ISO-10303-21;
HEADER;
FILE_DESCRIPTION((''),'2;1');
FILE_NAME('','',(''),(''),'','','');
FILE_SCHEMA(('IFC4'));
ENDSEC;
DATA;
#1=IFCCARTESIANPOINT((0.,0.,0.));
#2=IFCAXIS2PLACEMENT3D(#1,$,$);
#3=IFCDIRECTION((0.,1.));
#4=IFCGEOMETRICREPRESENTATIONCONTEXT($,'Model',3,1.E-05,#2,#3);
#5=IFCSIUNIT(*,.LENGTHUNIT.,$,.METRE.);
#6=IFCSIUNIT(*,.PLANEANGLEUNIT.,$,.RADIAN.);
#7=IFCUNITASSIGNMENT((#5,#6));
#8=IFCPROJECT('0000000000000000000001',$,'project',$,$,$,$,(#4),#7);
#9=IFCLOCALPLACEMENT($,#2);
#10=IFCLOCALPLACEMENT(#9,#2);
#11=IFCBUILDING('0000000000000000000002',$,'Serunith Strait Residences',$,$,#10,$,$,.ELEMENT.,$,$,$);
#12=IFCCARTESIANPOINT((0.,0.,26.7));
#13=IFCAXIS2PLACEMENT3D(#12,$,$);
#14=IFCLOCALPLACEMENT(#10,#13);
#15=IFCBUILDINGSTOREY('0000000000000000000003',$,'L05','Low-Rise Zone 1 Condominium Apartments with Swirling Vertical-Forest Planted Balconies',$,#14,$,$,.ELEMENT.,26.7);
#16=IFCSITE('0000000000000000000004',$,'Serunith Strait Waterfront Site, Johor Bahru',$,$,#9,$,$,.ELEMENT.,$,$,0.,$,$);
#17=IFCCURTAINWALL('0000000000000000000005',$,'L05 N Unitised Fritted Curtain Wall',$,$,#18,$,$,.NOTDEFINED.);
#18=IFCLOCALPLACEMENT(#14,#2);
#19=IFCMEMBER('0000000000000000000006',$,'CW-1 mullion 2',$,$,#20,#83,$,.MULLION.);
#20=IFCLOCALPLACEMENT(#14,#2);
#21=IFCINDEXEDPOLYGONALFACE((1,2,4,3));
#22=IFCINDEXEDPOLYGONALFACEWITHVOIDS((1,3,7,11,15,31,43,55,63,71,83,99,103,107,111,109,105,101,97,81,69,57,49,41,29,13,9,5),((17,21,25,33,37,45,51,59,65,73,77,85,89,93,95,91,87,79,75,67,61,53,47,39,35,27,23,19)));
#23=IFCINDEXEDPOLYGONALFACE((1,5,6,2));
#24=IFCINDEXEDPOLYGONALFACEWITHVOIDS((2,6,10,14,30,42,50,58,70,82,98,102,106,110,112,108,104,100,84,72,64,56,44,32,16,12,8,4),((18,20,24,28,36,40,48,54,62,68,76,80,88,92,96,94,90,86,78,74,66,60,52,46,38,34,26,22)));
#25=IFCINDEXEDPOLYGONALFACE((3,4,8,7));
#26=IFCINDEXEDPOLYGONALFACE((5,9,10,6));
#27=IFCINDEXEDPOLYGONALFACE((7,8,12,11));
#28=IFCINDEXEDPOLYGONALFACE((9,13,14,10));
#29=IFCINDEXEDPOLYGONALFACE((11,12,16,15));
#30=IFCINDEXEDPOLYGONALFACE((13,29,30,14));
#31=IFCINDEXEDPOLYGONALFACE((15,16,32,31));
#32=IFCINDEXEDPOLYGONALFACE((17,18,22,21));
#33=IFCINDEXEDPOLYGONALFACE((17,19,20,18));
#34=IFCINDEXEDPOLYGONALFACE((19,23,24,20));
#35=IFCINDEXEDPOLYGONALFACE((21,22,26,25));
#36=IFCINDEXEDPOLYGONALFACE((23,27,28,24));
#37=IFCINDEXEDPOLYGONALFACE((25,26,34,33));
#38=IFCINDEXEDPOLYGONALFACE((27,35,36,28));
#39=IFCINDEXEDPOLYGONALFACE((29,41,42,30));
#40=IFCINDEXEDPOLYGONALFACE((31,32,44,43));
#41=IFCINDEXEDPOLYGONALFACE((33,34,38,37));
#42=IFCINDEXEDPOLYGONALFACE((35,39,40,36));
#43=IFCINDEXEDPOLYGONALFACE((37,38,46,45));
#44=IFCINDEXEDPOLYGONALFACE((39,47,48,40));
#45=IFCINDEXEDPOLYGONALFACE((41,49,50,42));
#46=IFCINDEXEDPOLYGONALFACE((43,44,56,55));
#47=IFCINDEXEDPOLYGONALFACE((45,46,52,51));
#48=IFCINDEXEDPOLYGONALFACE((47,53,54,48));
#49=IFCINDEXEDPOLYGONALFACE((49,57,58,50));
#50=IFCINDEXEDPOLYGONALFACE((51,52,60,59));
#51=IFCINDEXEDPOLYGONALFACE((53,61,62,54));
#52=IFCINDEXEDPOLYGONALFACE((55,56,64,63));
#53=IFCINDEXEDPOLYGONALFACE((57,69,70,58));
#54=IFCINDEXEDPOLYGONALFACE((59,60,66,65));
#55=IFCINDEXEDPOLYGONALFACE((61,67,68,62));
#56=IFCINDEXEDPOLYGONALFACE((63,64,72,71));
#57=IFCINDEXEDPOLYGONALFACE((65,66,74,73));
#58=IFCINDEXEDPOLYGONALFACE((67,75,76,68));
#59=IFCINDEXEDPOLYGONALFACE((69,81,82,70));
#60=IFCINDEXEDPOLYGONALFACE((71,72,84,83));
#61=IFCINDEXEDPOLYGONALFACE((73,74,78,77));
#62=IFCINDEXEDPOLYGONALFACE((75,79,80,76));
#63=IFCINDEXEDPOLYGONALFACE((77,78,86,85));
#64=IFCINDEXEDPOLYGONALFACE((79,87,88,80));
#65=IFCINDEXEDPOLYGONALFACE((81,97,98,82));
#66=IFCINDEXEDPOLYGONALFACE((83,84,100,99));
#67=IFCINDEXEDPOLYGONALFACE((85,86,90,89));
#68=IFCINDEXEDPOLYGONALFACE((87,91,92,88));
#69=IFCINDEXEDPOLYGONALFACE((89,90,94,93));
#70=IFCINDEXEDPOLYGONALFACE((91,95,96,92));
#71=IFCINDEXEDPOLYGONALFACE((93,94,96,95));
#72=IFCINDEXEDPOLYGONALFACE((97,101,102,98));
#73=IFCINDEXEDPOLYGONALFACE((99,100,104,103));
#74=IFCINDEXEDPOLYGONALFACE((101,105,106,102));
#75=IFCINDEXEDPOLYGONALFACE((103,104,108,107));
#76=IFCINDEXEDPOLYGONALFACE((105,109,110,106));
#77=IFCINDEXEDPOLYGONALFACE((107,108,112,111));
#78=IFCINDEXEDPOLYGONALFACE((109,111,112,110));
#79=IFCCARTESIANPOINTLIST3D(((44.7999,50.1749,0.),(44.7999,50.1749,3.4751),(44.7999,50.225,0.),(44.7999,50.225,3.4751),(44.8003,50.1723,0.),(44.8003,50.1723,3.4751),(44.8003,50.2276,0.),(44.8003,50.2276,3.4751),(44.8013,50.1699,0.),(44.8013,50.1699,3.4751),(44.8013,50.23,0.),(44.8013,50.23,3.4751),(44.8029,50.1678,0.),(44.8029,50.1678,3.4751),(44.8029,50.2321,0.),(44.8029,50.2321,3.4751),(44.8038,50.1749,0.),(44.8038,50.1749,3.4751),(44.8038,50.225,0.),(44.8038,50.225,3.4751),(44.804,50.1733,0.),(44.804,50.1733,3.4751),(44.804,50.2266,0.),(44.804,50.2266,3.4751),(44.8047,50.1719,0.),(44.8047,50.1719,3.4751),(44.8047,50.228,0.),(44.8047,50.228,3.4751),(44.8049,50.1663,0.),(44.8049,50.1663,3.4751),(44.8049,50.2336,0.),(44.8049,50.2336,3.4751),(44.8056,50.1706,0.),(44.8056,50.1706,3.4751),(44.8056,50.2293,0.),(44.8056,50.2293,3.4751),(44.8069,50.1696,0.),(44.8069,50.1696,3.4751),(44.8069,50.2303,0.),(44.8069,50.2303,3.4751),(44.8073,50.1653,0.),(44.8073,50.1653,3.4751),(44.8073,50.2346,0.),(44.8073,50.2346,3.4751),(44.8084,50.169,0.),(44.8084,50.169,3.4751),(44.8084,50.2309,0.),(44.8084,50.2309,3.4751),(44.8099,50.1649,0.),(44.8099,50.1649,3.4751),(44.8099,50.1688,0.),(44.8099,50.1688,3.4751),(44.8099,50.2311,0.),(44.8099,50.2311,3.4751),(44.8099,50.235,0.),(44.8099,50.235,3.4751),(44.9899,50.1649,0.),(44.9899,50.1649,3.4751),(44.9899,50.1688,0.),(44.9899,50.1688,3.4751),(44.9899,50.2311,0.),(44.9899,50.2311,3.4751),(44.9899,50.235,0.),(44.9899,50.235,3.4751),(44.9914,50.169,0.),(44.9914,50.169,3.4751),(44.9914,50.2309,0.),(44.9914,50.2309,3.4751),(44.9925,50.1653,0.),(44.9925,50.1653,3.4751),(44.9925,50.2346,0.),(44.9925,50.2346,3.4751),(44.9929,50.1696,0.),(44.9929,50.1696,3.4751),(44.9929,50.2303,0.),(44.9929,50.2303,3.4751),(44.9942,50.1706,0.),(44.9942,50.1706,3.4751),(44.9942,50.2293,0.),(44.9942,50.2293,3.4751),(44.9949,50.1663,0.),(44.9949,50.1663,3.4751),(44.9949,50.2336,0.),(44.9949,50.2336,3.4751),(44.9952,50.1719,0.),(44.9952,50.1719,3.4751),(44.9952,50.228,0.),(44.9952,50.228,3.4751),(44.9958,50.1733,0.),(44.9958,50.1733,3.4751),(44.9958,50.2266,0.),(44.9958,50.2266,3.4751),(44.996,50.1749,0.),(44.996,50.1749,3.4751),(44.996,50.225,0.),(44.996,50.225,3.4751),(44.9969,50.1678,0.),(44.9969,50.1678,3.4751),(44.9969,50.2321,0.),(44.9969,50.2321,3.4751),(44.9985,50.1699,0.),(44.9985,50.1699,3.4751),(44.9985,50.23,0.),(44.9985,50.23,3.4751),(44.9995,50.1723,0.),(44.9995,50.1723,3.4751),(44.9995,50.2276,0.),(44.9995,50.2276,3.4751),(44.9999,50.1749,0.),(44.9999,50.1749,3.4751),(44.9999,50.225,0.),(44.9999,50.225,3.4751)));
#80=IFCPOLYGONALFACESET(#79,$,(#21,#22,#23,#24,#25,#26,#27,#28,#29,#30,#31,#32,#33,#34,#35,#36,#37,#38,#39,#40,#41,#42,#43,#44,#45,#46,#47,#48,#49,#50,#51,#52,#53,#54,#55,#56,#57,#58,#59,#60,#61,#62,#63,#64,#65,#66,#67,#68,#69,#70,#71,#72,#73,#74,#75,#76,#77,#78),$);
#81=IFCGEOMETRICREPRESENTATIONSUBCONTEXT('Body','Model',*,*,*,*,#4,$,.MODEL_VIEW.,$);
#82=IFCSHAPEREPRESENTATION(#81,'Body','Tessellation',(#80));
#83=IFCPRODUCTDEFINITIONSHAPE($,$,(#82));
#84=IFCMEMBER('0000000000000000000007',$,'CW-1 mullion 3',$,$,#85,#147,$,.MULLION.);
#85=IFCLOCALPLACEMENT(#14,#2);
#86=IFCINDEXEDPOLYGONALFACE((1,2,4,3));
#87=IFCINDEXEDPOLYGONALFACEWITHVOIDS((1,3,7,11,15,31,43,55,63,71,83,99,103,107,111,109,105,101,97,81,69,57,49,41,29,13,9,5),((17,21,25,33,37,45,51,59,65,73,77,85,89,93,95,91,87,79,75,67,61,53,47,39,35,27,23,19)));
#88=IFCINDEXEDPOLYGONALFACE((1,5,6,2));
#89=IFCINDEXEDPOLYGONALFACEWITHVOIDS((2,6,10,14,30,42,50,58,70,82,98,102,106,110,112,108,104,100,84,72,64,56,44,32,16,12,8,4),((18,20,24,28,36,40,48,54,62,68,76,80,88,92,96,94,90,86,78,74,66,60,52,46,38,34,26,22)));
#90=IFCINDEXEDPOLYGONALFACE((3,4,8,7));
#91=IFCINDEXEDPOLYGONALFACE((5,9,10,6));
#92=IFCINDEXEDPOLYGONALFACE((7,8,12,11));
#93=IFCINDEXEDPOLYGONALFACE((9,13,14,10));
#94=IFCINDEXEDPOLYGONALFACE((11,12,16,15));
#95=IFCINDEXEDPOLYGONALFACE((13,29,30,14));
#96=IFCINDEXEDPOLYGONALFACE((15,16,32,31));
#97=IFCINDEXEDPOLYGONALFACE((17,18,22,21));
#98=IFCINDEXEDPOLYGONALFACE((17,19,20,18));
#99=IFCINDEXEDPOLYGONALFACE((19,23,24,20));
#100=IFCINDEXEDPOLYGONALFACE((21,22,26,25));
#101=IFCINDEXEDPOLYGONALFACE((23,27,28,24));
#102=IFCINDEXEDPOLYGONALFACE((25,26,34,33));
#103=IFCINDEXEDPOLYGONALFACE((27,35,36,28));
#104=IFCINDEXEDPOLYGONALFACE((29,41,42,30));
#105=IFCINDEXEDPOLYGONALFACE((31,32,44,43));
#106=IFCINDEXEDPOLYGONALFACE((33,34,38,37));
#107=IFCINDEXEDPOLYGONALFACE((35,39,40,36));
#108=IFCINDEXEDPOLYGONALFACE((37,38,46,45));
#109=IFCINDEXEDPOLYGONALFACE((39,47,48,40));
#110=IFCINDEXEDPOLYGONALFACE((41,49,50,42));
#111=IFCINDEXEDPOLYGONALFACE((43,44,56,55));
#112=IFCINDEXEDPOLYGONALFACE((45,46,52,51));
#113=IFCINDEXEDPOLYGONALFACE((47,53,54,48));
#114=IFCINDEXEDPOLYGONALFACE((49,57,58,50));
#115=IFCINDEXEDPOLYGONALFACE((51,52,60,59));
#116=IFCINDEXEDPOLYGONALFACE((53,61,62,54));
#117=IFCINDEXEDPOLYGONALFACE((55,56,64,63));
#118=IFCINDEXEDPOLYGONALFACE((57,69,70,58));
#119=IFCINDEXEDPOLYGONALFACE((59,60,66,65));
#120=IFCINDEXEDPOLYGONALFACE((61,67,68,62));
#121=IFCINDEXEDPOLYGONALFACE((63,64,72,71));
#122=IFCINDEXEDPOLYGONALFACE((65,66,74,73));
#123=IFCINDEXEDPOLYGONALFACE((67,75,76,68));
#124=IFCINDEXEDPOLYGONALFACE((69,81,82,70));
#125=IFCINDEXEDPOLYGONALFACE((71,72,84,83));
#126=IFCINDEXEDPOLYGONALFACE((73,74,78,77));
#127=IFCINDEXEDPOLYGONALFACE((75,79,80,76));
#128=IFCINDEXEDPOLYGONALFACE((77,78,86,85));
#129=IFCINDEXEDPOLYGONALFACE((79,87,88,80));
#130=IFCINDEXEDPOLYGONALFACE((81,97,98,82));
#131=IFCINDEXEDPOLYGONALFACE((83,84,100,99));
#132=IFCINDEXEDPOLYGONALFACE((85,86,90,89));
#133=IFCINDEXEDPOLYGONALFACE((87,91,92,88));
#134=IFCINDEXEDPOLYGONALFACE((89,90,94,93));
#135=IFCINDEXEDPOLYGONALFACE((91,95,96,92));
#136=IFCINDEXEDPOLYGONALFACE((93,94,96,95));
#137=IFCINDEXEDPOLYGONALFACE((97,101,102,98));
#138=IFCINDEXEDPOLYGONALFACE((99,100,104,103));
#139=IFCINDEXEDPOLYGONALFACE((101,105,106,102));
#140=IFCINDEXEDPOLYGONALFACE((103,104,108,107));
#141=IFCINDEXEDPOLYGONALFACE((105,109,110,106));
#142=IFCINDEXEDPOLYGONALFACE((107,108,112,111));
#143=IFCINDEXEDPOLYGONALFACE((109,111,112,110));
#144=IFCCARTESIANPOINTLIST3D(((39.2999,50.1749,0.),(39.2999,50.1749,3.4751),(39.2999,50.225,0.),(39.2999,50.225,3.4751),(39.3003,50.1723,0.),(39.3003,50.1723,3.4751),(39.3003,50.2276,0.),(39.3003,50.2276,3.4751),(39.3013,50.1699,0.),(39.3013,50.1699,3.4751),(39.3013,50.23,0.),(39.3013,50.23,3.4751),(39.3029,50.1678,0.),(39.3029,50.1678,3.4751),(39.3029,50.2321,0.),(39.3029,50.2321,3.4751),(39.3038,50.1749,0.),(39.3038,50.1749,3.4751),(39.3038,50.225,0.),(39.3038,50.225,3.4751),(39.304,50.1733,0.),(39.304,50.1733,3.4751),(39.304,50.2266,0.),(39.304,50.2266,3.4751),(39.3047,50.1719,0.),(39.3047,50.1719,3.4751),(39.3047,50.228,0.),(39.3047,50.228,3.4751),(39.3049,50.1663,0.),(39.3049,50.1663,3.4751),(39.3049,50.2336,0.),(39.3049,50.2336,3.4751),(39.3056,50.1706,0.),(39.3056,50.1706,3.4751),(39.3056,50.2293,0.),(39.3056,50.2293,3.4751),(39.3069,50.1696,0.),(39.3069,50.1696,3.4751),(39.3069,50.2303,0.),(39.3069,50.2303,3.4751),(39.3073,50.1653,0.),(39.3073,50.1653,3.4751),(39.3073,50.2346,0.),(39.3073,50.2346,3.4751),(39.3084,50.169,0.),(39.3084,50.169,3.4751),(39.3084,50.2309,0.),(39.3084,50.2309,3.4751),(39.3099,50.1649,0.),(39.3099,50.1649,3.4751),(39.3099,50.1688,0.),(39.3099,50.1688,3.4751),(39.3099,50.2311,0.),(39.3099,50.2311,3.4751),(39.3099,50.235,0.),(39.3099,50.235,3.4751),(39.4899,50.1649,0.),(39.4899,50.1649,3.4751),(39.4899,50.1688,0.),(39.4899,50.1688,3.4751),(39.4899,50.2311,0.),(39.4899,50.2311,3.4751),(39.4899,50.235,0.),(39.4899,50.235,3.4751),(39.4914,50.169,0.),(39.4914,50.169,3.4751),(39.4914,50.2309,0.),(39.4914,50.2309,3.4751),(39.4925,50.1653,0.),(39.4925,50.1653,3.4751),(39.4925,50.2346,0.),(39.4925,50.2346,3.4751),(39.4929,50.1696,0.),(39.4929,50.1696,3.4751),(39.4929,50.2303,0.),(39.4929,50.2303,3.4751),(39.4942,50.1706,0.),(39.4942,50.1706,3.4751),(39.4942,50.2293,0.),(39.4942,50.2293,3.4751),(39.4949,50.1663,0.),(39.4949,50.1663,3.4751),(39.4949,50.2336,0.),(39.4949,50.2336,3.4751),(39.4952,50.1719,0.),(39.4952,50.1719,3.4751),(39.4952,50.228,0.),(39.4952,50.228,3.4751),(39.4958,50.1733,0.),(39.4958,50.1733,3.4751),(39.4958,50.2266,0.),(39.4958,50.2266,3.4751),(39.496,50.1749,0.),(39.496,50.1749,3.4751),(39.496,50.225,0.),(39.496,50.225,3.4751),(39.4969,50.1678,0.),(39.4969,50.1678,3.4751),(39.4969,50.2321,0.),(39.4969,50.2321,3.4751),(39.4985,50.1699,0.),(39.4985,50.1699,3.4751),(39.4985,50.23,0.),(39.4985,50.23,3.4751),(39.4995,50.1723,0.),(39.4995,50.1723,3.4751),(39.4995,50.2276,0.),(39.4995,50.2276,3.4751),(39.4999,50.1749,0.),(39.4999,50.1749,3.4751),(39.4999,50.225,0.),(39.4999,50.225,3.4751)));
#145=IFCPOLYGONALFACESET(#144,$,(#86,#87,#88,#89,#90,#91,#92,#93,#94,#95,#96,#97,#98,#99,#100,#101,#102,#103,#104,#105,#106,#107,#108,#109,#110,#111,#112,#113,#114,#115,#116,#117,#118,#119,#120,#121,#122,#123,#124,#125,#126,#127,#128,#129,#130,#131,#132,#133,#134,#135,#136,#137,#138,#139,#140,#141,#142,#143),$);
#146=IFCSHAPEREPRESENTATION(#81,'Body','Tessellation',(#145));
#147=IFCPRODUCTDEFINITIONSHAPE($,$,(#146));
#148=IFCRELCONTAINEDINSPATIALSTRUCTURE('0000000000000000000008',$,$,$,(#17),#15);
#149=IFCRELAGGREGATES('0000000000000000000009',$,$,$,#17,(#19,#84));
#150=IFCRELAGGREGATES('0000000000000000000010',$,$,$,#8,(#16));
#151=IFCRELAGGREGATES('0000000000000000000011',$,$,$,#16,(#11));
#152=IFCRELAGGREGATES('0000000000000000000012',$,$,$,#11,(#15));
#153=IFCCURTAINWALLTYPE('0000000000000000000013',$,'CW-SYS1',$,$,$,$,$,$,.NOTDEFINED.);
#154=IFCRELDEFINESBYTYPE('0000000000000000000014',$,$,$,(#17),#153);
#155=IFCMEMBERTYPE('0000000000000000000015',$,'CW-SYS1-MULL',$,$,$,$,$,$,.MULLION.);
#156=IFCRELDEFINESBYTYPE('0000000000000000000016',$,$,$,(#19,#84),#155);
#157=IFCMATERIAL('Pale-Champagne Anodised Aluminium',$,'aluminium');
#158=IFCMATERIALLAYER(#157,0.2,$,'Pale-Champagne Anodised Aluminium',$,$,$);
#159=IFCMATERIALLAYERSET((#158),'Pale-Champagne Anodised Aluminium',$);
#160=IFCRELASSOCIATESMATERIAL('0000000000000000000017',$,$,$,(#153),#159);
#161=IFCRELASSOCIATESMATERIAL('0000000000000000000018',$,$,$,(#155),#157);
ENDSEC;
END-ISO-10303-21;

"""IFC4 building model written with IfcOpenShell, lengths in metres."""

from ifc_helpers import new_model, si_unit, direction, frame, origin, origin_2d, place, context, subcontext, project, spatial, hollow_rectangle, extrude, source, transform, mapped, material, layer, layer_set, material_profile, profile_set, type_object, element, aggregate, save


model = new_model("IFC4")

# Units and contexts
model_context = context("Model", 3, precision=1e-05, world=origin(), true_north=direction((0.0, 1.0)))
body_context = subcontext(model_context, "Body", "Model", "MODEL_VIEW")
ifc_project = project(units=[si_unit("LENGTHUNIT", "METRE"), si_unit("PLANEANGLEUNIT", "RADIAN")], contexts=[model_context])

# Site, building, storey
site_placement = place(None, origin())
site = spatial("IfcSite", under=ifc_project, at=site_placement, Name="Serunith Strait Waterfront Site, Johor Bahru", CompositionType="ELEMENT", RefElevation=0.0)
building_placement = place(site_placement, origin())
building = spatial("IfcBuilding", under=site, at=building_placement, Name="Serunith Strait Residences", CompositionType="ELEMENT")
storey_placement = place(building_placement, frame((0.0, 0.0, 26.7)))
storey = spatial("IfcBuildingStorey", under=building, at=storey_placement, Name="L05", Description="Low-Rise Zone 1 Condominium Apartments with Swirling Vertical-Forest Planted Balconies", CompositionType="ELEMENT", Elevation=26.7)

# Curtain wall, members
ifc_material_1 = material(Name="Pale-Champagne Anodised Aluminium", Category="aluminium")
ifc_layer_1 = layer(ifc_material_1, 0.2, Name="Pale-Champagne Anodised Aluminium")
ifc_layer_set_1 = layer_set([ifc_layer_1], Name="Pale-Champagne Anodised Aluminium")
curtain_wall_type = type_object("IfcCurtainWallType", Name="CW-SYS1", PredefinedType="NOTDEFINED", material=ifc_layer_set_1)
curtain_wall_placement = place(storey_placement, origin())
curtain_wall = element("IfcCurtainWall", 1, at=curtain_wall_placement, inside=storey, type_object=curtain_wall_type, Name="L05 N Unitised Fritted Curtain Wall", PredefinedType="NOTDEFINED")
ifc_material_profile_1 = material_profile(ifc_material_1, hollow_rectangle(XDim=0.0701, YDim=0.2, WallThickness=0.0039, InnerFilletRadius=0.0061, OuterFilletRadius=0.01, at=origin_2d()), Name="ALU 200x70x4")
ifc_profile_set_1 = profile_set([ifc_material_profile_1], Name="Pale-Champagne Anodised Aluminium")
member_type_1 = type_object("IfcMemberType", Name="CW-SYS1-MULL", PredefinedType="MULLION", material=ifc_profile_set_1)
shared_shape_1 = source(origin(), body_context, "Body", "SweptSolid", [
    extrude(hollow_rectangle(XDim=0.0701, YDim=0.2, WallThickness=0.0039, InnerFilletRadius=0.0061, OuterFilletRadius=0.01, at=origin_2d()), origin(), (0.0, 0.0, 1.0), 3.4751),
])
member_1_placement = place(storey_placement, frame((44.8999, 50.2, 0.0), z_axis=(0.0, 0.0, 1.0), x_axis=(0.0, -1.0, 0.0)))
member_1 = element("IfcMember", 2, at=member_1_placement, type_object=member_type_1, Name="CW-1 mullion 2", PredefinedType="MULLION", context=body_context, shape_type="MappedRepresentation", body=[
    mapped(shared_shape_1, transform((0.0, 0.0, 0.0), scale=1.0)),
])
member_2_placement = place(storey_placement, frame((39.3999, 50.2, 0.0), z_axis=(0.0, 0.0, 1.0), x_axis=(0.0, -1.0, 0.0)))
member_2 = element("IfcMember", 3, at=member_2_placement, type_object=member_type_1, Name="CW-1 mullion 3", PredefinedType="MULLION", context=body_context, shape_type="MappedRepresentation", body=[
    mapped(shared_shape_1, transform((0.0, 0.0, 0.0), scale=1.0)),
])
aggregate(curtain_wall, [member_1, member_2])

save(model, "model.ifc")
